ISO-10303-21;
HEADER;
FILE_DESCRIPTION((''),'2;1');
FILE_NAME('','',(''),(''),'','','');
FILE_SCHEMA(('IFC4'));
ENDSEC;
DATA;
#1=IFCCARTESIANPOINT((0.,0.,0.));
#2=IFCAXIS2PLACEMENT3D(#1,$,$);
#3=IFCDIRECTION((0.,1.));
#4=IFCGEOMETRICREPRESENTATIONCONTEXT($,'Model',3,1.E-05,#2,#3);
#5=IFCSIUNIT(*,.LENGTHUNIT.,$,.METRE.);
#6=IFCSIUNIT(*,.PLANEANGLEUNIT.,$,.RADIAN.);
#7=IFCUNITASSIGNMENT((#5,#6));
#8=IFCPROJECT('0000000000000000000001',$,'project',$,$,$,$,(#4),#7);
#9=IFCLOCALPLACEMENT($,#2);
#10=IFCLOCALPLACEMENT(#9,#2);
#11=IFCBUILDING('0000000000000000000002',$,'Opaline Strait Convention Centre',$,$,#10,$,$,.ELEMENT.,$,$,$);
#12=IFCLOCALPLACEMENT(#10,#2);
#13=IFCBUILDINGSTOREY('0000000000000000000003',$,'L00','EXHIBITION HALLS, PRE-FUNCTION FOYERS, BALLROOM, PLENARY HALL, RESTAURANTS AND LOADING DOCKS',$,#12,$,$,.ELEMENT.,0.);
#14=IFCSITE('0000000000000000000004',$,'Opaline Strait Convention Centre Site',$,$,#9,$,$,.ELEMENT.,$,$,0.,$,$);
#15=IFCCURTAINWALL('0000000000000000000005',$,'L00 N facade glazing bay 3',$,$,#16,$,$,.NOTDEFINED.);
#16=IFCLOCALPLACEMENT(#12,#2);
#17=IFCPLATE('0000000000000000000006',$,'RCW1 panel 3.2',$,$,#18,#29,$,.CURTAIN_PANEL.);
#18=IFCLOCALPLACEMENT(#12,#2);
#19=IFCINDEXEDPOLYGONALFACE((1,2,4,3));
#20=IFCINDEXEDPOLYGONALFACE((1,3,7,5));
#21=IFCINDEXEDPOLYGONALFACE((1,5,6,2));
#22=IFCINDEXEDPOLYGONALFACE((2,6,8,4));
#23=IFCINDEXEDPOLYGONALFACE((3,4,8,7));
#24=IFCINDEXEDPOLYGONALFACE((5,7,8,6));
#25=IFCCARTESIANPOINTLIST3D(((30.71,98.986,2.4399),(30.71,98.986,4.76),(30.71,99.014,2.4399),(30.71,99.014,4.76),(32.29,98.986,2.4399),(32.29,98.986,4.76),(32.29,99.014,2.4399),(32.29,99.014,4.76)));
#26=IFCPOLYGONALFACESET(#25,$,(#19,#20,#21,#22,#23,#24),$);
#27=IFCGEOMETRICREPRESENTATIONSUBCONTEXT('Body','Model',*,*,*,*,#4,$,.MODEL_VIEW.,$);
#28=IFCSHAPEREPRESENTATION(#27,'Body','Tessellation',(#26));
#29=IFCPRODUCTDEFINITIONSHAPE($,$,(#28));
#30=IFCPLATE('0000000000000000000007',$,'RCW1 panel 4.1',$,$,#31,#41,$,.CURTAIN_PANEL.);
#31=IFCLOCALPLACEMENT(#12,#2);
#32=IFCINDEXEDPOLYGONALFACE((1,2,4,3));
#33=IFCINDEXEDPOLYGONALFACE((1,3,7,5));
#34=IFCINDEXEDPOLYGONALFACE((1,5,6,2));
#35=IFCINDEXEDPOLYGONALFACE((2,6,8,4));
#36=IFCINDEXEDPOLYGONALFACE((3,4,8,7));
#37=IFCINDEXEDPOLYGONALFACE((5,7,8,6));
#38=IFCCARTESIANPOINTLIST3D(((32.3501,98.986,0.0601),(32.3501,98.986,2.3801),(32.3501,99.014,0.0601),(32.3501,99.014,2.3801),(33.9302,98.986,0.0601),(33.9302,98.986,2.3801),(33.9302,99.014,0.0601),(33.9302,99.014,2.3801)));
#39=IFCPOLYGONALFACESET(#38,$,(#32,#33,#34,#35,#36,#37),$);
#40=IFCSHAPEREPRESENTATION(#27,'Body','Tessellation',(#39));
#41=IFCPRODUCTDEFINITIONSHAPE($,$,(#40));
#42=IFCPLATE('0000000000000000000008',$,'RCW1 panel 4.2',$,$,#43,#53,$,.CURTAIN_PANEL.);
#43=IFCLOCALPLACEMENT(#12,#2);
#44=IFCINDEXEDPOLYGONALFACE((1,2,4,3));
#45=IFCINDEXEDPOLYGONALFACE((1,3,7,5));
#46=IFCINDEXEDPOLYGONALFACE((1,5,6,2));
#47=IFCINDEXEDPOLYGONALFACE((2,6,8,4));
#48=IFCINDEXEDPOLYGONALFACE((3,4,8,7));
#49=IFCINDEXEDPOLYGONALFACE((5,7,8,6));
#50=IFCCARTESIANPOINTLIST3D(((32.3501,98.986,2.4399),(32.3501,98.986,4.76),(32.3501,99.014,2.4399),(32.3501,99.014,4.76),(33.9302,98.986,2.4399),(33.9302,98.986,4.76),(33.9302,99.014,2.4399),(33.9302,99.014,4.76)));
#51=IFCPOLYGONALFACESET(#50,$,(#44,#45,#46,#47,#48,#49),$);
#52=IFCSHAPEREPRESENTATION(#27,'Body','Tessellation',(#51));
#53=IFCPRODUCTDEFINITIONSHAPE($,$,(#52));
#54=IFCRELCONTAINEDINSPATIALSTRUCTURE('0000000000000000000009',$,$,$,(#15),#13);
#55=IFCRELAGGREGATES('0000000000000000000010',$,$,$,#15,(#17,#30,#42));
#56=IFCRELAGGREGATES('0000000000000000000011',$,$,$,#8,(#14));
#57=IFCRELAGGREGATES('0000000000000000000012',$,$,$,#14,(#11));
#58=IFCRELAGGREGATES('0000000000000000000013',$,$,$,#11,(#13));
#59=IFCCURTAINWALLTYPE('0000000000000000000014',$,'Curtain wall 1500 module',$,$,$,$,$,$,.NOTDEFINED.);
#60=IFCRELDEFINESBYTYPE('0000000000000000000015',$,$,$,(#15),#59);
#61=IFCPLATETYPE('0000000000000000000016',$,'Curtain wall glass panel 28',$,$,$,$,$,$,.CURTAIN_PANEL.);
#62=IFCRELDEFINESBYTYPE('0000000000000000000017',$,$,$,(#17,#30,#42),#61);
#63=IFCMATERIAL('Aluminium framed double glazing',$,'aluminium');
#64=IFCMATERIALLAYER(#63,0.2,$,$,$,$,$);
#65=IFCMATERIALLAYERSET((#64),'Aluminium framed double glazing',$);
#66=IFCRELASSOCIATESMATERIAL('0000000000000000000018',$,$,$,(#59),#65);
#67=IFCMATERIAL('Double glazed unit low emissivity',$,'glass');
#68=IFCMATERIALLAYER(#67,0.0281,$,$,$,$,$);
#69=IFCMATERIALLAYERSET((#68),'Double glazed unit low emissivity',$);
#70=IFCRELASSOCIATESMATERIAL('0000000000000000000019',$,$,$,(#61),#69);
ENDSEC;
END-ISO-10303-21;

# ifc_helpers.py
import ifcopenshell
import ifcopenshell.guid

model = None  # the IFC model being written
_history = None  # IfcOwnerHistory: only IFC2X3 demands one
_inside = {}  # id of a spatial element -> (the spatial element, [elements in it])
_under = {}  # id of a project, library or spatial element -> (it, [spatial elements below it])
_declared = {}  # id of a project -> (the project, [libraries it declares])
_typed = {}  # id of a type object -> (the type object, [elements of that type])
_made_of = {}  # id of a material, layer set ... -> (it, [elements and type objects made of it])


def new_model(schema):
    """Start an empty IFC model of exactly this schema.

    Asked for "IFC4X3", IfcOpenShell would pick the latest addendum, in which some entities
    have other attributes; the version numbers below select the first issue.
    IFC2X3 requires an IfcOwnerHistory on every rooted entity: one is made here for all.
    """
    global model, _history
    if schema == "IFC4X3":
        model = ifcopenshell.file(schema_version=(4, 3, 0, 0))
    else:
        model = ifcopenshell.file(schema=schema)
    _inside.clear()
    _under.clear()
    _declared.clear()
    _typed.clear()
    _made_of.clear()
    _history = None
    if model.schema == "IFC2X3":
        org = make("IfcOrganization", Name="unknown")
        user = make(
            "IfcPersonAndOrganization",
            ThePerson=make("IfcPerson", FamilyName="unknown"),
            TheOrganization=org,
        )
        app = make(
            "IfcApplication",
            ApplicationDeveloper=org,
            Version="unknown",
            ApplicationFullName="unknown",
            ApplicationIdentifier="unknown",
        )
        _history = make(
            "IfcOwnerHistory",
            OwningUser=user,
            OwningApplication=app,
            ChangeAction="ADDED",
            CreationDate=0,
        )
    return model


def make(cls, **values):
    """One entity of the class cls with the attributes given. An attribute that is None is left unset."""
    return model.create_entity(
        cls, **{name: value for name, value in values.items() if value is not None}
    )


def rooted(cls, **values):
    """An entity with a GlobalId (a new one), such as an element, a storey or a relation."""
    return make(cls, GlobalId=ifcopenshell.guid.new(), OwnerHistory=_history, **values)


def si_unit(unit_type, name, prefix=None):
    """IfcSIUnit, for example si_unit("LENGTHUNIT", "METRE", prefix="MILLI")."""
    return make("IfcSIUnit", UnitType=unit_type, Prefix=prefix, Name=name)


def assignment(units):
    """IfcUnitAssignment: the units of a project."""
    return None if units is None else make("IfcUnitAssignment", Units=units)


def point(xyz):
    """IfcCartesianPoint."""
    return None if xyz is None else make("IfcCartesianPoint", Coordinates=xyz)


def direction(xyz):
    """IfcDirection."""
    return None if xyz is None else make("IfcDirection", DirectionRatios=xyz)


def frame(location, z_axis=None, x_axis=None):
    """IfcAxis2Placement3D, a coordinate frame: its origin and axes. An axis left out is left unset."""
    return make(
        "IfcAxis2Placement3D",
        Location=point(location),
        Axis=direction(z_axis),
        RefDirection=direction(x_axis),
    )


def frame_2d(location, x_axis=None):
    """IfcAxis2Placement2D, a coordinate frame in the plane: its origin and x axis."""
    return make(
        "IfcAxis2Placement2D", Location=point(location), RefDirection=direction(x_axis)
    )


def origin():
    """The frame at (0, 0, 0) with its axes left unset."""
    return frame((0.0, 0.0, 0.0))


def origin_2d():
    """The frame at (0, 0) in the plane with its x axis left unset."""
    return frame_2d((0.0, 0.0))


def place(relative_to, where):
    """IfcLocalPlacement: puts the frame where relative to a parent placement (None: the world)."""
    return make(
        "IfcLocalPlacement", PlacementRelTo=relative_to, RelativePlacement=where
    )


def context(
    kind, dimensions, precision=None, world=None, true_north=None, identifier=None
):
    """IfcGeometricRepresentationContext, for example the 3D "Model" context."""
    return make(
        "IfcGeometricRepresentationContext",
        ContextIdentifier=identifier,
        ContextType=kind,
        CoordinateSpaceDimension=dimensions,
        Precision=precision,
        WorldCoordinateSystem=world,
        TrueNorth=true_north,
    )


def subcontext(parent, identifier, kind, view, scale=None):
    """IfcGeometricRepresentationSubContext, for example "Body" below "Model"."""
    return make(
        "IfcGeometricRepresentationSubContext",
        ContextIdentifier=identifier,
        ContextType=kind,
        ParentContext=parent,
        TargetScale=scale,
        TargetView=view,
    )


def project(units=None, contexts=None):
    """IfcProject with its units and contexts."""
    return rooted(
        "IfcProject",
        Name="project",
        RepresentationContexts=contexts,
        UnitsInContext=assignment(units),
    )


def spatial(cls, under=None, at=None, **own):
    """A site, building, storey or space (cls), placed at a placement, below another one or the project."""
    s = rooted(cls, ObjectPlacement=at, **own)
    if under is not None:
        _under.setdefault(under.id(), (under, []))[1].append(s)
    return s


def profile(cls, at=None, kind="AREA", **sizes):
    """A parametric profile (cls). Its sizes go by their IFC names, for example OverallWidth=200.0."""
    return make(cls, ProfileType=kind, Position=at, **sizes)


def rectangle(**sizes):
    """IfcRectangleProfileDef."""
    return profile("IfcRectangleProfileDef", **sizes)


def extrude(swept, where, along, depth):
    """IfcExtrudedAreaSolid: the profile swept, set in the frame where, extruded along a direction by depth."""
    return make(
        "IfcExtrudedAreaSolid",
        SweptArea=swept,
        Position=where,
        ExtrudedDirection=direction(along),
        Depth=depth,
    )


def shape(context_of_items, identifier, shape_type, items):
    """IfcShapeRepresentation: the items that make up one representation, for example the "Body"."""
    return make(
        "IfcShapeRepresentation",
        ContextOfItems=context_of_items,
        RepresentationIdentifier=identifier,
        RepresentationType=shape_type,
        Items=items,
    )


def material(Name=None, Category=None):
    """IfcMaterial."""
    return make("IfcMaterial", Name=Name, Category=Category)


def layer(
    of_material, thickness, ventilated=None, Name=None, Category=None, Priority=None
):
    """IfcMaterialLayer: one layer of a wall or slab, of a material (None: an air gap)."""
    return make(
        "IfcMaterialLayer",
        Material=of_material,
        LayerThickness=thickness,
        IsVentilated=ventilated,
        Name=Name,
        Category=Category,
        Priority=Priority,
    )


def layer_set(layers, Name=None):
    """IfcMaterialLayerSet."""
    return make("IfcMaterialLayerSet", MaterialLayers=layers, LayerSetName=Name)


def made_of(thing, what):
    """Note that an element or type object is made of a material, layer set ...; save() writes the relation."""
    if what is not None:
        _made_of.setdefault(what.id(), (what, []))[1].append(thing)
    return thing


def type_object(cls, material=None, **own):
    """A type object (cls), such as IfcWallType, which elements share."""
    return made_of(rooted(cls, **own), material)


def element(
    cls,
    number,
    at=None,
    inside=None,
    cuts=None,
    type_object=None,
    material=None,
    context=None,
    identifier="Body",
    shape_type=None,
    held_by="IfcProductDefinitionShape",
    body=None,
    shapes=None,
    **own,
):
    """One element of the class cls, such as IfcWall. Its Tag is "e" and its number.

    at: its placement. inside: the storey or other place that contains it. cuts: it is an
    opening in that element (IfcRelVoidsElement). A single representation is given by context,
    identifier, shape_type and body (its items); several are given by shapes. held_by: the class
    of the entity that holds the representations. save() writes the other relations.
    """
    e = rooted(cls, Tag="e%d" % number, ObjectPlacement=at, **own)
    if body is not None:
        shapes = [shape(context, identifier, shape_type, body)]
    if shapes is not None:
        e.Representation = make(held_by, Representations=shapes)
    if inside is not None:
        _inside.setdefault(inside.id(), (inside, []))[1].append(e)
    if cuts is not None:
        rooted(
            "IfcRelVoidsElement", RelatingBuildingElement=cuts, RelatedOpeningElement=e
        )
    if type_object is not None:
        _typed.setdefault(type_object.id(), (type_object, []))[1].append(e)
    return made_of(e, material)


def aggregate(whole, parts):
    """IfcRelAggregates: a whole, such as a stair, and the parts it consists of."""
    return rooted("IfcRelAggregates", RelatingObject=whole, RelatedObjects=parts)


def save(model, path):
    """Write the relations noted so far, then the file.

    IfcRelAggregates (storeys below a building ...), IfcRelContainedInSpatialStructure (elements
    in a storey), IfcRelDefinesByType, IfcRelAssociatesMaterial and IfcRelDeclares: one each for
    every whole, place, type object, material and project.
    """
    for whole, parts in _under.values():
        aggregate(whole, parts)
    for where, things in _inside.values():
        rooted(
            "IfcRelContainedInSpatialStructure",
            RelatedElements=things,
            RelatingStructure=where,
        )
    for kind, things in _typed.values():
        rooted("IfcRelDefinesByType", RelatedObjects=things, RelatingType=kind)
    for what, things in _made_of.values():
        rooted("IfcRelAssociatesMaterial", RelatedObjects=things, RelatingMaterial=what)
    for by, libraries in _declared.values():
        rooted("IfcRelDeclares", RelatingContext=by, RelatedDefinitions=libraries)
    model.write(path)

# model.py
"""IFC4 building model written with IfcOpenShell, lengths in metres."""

from ifc_helpers import new_model, si_unit, direction, frame, origin, origin_2d, place, context, subcontext, project, spatial, rectangle, extrude, material, layer, layer_set, type_object, element, aggregate, save


model = new_model("IFC4")

# Units and contexts
model_context = context("Model", 3, precision=1e-05, world=origin(), true_north=direction((0.0, 1.0)))
body_context = subcontext(model_context, "Body", "Model", "MODEL_VIEW")
ifc_project = project(units=[si_unit("LENGTHUNIT", "METRE"), si_unit("PLANEANGLEUNIT", "RADIAN")], contexts=[model_context])

# Site, building, storey
site_placement = place(None, origin())
site = spatial("IfcSite", under=ifc_project, at=site_placement, Name="Opaline Strait Convention Centre Site", CompositionType="ELEMENT", RefElevation=0.0)
building_placement = place(site_placement, origin())
building = spatial("IfcBuilding", under=site, at=building_placement, Name="Opaline Strait Convention Centre", CompositionType="ELEMENT")
storey_placement = place(building_placement, origin())
storey = spatial("IfcBuildingStorey", under=building, at=storey_placement, Name="L00", Description="EXHIBITION HALLS, PRE-FUNCTION FOYERS, BALLROOM, PLENARY HALL, RESTAURANTS AND LOADING DOCKS", CompositionType="ELEMENT", Elevation=0.0)

# Curtain wall, plates
ifc_material_1 = material(Name="Aluminium framed double glazing", Category="aluminium")
ifc_layer_1 = layer(ifc_material_1, 0.2)
ifc_layer_set_1 = layer_set([ifc_layer_1], Name="Aluminium framed double glazing")
curtain_wall_type = type_object("IfcCurtainWallType", Name="Curtain wall 1500 module", PredefinedType="NOTDEFINED", material=ifc_layer_set_1)
curtain_wall_placement = place(storey_placement, origin())
curtain_wall = element("IfcCurtainWall", 1, at=curtain_wall_placement, inside=storey, type_object=curtain_wall_type, Name="L00 N facade glazing bay 3", PredefinedType="NOTDEFINED")
ifc_material_2 = material(Name="Double glazed unit low emissivity", Category="glass")
ifc_layer_2 = layer(ifc_material_2, 0.0281)
ifc_layer_set_2 = layer_set([ifc_layer_2], Name="Double glazed unit low emissivity")
plate_type = type_object("IfcPlateType", Name="Curtain wall glass panel 28", PredefinedType="CURTAIN_PANEL", material=ifc_layer_set_2)
plate_1_placement = place(storey_placement, frame((31.5, 99.0, 2.4399), z_axis=(0.0, 0.0, 1.0), x_axis=(1.0, 0.0, 0.0)))
plate_1 = element("IfcPlate", 2, at=plate_1_placement, type_object=plate_type, Name="RCW1 panel 3.2", PredefinedType="CURTAIN_PANEL", context=body_context, shape_type="SweptSolid", body=[
    extrude(rectangle(XDim=1.5801, YDim=0.0281, at=origin_2d()), origin(), (0.0, 0.0, 1.0), 2.3201),
])
plate_2_placement = place(storey_placement, frame((33.1401, 99.0, 0.0601), z_axis=(0.0, 0.0, 1.0), x_axis=(1.0, 0.0, 0.0)))
plate_2 = element("IfcPlate", 3, at=plate_2_placement, type_object=plate_type, Name="RCW1 panel 4.1", PredefinedType="CURTAIN_PANEL", context=body_context, shape_type="SweptSolid", body=[
    extrude(rectangle(XDim=1.5801, YDim=0.0281, at=origin_2d()), origin(), (0.0, 0.0, 1.0), 2.3201),
])
plate_3_placement = place(storey_placement, frame((33.1401, 99.0, 2.4399), z_axis=(0.0, 0.0, 1.0), x_axis=(1.0, 0.0, 0.0)))
plate_3 = element("IfcPlate", 4, at=plate_3_placement, type_object=plate_type, Name="RCW1 panel 4.2", PredefinedType="CURTAIN_PANEL", context=body_context, shape_type="SweptSolid", body=[
    extrude(rectangle(XDim=1.5801, YDim=0.0281, at=origin_2d()), origin(), (0.0, 0.0, 1.0), 2.3201),
])
aggregate(curtain_wall, [plate_1, plate_2, plate_3])

save(model, "model.ifc")
